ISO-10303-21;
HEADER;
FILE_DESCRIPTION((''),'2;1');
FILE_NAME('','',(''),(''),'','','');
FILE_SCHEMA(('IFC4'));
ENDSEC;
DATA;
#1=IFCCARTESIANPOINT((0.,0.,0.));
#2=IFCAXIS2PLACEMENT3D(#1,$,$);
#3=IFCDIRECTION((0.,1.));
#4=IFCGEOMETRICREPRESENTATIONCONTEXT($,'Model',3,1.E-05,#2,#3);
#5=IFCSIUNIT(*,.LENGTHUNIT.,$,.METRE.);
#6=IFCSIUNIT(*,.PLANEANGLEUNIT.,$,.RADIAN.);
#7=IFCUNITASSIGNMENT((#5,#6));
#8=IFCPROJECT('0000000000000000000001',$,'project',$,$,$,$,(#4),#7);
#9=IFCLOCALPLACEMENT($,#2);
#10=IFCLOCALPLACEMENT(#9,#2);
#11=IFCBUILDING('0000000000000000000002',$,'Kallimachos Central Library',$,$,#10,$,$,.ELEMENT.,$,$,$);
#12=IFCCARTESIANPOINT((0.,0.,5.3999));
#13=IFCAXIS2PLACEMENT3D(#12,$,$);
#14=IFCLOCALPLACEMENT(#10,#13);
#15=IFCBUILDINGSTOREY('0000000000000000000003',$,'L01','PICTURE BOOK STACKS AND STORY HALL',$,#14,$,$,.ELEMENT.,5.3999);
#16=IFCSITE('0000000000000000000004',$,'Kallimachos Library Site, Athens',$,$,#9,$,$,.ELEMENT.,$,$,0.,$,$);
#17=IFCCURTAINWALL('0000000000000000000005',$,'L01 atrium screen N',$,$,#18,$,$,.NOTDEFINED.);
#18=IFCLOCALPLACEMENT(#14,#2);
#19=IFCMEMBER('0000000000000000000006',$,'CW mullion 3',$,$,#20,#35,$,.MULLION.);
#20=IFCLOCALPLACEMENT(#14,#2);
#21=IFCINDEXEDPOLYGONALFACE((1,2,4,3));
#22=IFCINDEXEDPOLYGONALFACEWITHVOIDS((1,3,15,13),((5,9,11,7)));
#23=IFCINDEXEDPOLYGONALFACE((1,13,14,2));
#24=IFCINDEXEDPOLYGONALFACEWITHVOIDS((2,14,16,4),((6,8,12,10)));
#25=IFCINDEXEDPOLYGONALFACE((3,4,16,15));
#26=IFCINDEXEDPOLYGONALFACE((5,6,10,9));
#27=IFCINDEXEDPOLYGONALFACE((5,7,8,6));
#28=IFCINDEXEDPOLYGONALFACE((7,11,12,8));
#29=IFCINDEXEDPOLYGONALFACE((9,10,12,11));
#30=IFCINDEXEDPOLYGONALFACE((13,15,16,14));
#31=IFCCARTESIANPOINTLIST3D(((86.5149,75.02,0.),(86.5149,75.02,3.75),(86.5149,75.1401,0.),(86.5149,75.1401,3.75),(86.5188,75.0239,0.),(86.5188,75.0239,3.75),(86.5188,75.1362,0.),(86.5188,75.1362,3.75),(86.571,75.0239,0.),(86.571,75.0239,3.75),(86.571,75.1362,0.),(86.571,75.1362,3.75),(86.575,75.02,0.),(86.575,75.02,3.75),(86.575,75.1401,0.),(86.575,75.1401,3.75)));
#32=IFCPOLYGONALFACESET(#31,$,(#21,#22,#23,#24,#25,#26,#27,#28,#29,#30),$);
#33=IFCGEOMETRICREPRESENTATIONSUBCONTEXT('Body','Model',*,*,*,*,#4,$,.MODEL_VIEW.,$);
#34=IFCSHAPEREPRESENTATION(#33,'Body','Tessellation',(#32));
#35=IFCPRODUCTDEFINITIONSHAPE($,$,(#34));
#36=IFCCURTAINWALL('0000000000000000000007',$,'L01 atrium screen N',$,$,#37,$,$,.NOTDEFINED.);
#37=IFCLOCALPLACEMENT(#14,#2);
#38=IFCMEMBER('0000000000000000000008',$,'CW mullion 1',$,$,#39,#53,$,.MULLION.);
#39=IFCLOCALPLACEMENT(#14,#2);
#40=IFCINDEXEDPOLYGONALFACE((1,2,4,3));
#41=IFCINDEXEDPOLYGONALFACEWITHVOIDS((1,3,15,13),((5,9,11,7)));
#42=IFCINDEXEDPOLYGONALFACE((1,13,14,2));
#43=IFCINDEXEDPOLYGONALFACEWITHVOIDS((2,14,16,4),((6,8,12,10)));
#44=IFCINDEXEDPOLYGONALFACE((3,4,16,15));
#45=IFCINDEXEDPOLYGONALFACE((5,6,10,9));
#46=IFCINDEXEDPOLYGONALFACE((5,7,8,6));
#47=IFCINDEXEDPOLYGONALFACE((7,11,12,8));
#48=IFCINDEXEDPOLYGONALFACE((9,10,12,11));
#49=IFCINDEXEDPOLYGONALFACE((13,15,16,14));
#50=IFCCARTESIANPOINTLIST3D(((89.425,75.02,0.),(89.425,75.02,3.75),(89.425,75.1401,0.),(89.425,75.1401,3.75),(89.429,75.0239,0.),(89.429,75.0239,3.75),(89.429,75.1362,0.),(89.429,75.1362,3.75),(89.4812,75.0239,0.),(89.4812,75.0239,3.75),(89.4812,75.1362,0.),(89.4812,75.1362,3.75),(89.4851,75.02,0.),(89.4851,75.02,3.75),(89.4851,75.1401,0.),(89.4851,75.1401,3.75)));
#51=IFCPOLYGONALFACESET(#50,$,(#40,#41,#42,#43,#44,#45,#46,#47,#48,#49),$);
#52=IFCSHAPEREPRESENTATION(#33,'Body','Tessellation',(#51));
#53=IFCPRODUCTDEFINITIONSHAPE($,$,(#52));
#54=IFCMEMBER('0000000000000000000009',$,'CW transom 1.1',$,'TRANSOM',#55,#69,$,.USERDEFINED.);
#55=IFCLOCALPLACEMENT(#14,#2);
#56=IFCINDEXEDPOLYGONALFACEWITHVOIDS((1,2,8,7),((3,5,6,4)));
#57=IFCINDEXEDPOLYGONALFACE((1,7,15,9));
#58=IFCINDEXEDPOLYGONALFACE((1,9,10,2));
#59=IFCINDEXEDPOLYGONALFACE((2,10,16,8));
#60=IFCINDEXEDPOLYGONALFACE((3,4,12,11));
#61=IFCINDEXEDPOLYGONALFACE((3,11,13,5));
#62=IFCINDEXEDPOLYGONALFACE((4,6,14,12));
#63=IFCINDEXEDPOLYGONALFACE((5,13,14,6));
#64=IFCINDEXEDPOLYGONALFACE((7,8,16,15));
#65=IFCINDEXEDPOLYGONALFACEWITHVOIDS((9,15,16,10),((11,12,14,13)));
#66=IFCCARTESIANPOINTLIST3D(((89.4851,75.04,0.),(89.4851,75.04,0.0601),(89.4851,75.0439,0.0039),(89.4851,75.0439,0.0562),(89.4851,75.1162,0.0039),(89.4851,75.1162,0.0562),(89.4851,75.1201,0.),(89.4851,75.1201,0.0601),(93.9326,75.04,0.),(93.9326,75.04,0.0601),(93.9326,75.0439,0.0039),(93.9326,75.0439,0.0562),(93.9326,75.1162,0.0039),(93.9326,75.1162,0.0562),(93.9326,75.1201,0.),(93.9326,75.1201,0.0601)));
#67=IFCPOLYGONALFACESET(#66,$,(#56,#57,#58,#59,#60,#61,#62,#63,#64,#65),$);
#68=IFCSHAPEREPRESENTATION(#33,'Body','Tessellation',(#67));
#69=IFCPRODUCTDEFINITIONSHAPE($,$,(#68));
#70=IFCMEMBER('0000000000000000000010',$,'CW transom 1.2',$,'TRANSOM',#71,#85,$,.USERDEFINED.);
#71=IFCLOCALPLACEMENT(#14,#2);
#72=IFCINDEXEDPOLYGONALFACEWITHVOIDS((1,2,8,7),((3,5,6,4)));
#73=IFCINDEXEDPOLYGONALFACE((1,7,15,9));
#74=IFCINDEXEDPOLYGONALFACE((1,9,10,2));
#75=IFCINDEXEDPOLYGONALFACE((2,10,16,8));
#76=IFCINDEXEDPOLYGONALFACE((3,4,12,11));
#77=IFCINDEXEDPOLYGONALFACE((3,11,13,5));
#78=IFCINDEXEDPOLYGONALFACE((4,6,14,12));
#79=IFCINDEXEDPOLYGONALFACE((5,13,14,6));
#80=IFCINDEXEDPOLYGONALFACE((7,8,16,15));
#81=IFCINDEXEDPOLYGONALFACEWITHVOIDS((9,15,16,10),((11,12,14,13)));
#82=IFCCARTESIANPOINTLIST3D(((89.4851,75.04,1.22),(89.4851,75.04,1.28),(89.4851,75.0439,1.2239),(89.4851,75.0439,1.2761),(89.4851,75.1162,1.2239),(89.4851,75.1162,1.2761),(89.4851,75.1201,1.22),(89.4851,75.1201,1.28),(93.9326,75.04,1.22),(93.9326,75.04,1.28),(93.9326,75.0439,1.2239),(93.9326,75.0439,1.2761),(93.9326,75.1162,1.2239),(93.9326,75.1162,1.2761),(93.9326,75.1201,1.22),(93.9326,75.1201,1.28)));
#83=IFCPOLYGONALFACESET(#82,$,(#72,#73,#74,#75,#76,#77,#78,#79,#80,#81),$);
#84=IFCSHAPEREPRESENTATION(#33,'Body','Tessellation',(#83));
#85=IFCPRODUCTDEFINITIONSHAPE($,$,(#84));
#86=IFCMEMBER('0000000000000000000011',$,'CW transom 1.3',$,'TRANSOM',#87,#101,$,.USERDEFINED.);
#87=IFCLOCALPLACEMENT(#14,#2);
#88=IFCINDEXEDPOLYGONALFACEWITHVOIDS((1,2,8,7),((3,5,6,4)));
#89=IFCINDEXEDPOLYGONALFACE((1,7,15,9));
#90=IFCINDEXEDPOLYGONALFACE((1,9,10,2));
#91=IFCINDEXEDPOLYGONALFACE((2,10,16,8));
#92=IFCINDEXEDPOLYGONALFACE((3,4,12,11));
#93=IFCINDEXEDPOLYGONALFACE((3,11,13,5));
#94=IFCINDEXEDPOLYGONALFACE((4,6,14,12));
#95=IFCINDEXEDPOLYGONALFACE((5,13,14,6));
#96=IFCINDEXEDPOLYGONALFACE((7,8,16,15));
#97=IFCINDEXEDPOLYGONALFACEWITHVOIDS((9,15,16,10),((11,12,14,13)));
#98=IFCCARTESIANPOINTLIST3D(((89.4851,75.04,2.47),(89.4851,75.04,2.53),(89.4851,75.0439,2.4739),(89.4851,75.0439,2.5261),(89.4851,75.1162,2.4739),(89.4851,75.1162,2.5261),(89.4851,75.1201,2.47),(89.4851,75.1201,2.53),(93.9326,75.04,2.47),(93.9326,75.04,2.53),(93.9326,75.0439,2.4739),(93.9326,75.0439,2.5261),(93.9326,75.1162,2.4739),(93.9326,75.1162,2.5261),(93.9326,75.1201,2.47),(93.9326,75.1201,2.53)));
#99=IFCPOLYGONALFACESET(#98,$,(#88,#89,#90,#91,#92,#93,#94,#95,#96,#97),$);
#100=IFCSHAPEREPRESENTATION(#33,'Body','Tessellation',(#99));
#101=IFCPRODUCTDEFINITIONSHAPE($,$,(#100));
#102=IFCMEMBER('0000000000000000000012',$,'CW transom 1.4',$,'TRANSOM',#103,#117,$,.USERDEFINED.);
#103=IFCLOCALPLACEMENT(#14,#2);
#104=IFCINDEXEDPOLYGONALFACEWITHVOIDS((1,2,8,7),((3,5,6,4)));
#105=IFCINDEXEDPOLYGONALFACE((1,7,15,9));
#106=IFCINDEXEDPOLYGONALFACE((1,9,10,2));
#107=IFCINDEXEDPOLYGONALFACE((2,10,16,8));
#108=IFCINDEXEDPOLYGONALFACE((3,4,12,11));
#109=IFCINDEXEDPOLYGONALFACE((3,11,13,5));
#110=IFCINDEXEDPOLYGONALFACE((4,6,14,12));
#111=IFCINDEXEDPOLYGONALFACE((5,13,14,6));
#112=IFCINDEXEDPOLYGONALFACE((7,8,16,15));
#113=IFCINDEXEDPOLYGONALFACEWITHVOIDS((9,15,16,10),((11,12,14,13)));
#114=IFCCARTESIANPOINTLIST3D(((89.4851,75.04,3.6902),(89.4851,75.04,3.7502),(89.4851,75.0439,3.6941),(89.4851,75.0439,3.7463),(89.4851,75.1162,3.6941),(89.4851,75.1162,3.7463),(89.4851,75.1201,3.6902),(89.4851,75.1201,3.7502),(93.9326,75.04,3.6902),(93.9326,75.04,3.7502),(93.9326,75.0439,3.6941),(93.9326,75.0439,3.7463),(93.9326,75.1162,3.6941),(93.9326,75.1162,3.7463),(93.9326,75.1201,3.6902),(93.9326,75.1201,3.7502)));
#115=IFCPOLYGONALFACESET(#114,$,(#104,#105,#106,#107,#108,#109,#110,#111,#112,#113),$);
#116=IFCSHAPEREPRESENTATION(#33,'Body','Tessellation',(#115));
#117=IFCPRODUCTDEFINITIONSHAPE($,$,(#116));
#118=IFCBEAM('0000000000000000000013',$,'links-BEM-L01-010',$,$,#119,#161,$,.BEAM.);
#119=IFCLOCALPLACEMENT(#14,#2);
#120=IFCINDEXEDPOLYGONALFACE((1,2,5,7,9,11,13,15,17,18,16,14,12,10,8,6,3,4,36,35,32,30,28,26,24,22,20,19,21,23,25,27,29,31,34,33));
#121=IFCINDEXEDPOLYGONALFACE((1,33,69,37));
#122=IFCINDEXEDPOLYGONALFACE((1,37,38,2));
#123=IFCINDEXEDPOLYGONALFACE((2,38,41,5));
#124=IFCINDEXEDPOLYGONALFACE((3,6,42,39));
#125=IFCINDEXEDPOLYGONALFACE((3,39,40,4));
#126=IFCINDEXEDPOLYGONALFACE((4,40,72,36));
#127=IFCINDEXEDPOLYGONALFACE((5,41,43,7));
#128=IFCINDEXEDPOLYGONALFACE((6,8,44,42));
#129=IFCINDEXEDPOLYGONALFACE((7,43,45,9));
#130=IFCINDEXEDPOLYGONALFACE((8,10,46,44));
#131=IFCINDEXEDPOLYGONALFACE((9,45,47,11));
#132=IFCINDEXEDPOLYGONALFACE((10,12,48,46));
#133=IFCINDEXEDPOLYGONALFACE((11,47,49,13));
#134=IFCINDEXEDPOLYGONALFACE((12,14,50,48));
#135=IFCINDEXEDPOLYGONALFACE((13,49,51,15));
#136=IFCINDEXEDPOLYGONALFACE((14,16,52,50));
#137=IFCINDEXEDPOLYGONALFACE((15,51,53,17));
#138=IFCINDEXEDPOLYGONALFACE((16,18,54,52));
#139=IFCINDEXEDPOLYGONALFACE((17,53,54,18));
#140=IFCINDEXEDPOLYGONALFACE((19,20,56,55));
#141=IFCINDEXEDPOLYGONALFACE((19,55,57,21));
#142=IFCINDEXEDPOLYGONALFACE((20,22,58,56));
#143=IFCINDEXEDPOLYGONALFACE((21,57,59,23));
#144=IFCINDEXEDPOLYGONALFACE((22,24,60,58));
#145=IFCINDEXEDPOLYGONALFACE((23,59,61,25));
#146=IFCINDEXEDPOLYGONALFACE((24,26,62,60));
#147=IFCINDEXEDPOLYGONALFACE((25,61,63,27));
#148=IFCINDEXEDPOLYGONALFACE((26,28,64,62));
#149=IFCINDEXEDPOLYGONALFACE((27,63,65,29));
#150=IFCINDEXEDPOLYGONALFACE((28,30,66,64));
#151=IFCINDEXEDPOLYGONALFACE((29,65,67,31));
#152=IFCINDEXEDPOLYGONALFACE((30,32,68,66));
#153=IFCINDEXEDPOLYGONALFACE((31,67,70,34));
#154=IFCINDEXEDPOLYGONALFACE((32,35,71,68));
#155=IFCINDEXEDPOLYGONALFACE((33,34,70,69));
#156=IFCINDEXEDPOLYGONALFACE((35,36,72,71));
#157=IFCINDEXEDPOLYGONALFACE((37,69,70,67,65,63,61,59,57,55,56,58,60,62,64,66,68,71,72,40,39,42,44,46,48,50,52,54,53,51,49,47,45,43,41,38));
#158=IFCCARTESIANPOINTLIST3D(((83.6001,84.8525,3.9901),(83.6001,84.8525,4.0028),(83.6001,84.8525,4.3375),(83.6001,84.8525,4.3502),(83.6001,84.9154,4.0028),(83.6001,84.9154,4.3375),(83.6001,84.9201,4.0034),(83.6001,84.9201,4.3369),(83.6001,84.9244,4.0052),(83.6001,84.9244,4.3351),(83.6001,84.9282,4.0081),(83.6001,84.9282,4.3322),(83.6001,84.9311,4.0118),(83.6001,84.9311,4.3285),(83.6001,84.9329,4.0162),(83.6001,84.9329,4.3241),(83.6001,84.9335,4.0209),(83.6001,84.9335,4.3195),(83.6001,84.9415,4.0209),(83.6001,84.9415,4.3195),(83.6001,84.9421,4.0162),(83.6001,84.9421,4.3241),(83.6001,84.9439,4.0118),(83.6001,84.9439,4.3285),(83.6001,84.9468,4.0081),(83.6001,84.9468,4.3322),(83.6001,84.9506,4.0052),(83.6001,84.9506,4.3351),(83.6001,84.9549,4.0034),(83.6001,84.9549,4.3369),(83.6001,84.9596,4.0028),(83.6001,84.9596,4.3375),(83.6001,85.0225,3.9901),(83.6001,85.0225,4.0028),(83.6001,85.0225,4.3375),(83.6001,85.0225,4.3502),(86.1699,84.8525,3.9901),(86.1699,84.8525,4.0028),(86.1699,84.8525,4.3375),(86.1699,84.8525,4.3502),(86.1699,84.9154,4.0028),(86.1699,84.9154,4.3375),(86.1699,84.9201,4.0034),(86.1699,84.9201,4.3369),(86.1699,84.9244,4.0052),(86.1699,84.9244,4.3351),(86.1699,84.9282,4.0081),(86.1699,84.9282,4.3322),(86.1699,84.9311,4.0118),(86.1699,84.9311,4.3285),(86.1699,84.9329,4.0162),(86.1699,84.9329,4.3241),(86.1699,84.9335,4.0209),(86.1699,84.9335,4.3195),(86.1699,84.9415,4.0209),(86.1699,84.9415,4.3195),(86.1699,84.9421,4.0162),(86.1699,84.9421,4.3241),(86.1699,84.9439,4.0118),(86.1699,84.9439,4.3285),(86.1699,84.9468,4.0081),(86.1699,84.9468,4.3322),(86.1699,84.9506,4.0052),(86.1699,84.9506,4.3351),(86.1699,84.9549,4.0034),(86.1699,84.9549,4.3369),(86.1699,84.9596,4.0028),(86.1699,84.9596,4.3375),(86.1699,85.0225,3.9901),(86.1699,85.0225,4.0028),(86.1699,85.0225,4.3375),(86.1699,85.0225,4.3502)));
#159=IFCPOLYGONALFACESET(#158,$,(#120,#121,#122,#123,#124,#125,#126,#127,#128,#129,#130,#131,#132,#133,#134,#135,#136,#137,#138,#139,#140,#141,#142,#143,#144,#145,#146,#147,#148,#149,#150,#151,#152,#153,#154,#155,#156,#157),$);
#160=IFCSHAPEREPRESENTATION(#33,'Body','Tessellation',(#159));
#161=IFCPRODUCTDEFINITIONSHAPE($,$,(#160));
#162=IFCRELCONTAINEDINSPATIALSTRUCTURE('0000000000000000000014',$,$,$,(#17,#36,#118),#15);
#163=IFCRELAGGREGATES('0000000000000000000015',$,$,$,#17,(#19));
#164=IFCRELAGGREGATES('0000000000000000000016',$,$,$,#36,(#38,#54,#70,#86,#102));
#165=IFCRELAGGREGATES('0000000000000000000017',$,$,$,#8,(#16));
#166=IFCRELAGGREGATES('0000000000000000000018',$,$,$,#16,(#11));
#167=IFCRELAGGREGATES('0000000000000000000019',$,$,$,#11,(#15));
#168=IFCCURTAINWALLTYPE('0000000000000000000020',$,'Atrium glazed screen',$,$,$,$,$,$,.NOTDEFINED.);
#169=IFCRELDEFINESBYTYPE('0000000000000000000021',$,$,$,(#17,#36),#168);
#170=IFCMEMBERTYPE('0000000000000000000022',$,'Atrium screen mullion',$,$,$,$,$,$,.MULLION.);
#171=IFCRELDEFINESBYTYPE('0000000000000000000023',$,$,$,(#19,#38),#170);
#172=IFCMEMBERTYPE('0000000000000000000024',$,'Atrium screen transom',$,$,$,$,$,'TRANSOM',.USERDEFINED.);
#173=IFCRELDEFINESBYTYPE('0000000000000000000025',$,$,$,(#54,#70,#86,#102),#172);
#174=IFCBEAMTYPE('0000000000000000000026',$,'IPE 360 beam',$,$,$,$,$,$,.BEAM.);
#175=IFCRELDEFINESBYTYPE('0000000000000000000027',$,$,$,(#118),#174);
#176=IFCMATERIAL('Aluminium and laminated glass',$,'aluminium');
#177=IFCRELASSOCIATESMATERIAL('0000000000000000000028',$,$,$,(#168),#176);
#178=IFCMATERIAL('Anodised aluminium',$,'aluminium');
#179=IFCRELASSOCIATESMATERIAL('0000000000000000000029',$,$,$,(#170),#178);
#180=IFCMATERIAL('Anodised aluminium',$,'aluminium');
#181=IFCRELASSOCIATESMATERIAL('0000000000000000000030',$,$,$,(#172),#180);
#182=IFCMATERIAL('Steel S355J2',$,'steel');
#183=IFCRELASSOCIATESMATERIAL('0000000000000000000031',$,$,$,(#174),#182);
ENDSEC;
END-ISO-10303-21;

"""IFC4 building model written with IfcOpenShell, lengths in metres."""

from ifc_helpers import new_model, si_unit, direction, frame, origin, origin_2d, place, context, subcontext, project, spatial, hollow_rectangle, i_section, extrude, material, material_profile, profile_set, type_object, element, aggregate, save


model = new_model("IFC4")

# Units and contexts
model_context = context("Model", 3, precision=1e-05, world=origin(), true_north=direction((0.0, 1.0)))
body_context = subcontext(model_context, "Body", "Model", "MODEL_VIEW")
ifc_project = project(units=[si_unit("LENGTHUNIT", "METRE"), si_unit("PLANEANGLEUNIT", "RADIAN")], contexts=[model_context])

# Site, building, storey
site_placement = place(None, origin())
site = spatial("IfcSite", under=ifc_project, at=site_placement, Name="Kallimachos Library Site, Athens", CompositionType="ELEMENT", RefElevation=0.0)
building_placement = place(site_placement, origin())
building = spatial("IfcBuilding", under=site, at=building_placement, Name="Kallimachos Central Library", CompositionType="ELEMENT")
storey_placement = place(building_placement, frame((0.0, 0.0, 5.3999)))
storey = spatial("IfcBuildingStorey", under=building, at=storey_placement, Name="L01", Description="PICTURE BOOK STACKS AND STORY HALL", CompositionType="ELEMENT", Elevation=5.3999)

# Curtain wall, member
ifc_material_1 = material(Name="Aluminium and laminated glass", Category="aluminium")
curtain_wall_type = type_object("IfcCurtainWallType", Name="Atrium glazed screen", PredefinedType="NOTDEFINED", material=ifc_material_1)
curtain_wall_1_placement = place(storey_placement, origin())
curtain_wall_1 = element("IfcCurtainWall", 1, at=curtain_wall_1_placement, inside=storey, type_object=curtain_wall_type, Name="L01 atrium screen N", PredefinedType="NOTDEFINED")
ifc_material_2 = material(Name="Anodised aluminium", Category="aluminium")
ifc_material_profile_1 = material_profile(ifc_material_2, hollow_rectangle(XDim=0.0601, YDim=0.1201, WallThickness=0.0039, at=origin_2d()), Name="ALU MULLION 60x120")
ifc_profile_set_1 = profile_set([ifc_material_profile_1], Name="Anodised aluminium")
member_type_1 = type_object("IfcMemberType", Name="Atrium screen mullion", PredefinedType="MULLION", material=ifc_profile_set_1)
member_1_placement = place(storey_placement, frame((86.5449, 75.0801, 0.0), z_axis=(0.0, 0.0, 1.0), x_axis=(1.0, 0.0, 0.0)))
member_1 = element("IfcMember", 2, at=member_1_placement, type_object=member_type_1, Name="CW mullion 3", PredefinedType="MULLION", context=body_context, shape_type="SweptSolid", body=[
    extrude(hollow_rectangle(XDim=0.0601, YDim=0.1201, WallThickness=0.0039, at=origin_2d()), origin(), (0.0, 0.0, 1.0), 3.75),
])

# Curtain wall, members
curtain_wall_2_placement = place(storey_placement, origin())
curtain_wall_2 = element("IfcCurtainWall", 3, at=curtain_wall_2_placement, inside=storey, type_object=curtain_wall_type, Name="L01 atrium screen N", PredefinedType="NOTDEFINED")
member_2_placement = place(storey_placement, frame((89.4551, 75.0801, 0.0), z_axis=(0.0, 0.0, 1.0), x_axis=(1.0, 0.0, 0.0)))
member_2 = element("IfcMember", 4, at=member_2_placement, type_object=member_type_1, Name="CW mullion 1", PredefinedType="MULLION", context=body_context, shape_type="SweptSolid", body=[
    extrude(hollow_rectangle(XDim=0.0601, YDim=0.1201, WallThickness=0.0039, at=origin_2d()), origin(), (0.0, 0.0, 1.0), 3.75),
])
ifc_material_3 = material(Name="Anodised aluminium", Category="aluminium")
ifc_material_profile_2 = material_profile(ifc_material_3, hollow_rectangle(XDim=0.0601, YDim=0.0801, WallThickness=0.0039, at=origin_2d()), Name="ALU TRANSOM 60x80")
ifc_profile_set_2 = profile_set([ifc_material_profile_2], Name="Anodised aluminium")
member_type_2 = type_object("IfcMemberType", Name="Atrium screen transom", ElementType="TRANSOM", PredefinedType="USERDEFINED", material=ifc_profile_set_2)
member_3_placement = place(storey_placement, frame((89.4851, 75.0801, 0.03), z_axis=(1.0, 0.0, 0.0), x_axis=(0.0, 0.0, 1.0)))
member_3 = element("IfcMember", 5, at=member_3_placement, type_object=member_type_2, Name="CW transom 1.1", ObjectType="TRANSOM", PredefinedType="USERDEFINED", context=body_context, shape_type="SweptSolid", body=[
    extrude(hollow_rectangle(XDim=0.0601, YDim=0.0801, WallThickness=0.0039, at=origin_2d()), origin(), (0.0, 0.0, 1.0), 4.4475),
])
member_4_placement = place(storey_placement, frame((89.4851, 75.0801, 1.25), z_axis=(1.0, 0.0, 0.0), x_axis=(0.0, 0.0, 1.0)))
member_4 = element("IfcMember", 6, at=member_4_placement, type_object=member_type_2, Name="CW transom 1.2", ObjectType="TRANSOM", PredefinedType="USERDEFINED", context=body_context, shape_type="SweptSolid", body=[
    extrude(hollow_rectangle(XDim=0.0601, YDim=0.0801, WallThickness=0.0039, at=origin_2d()), origin(), (0.0, 0.0, 1.0), 4.4475),
])
member_5_placement = place(storey_placement, frame((89.4851, 75.0801, 2.5), z_axis=(1.0, 0.0, 0.0), x_axis=(0.0, 0.0, 1.0)))
member_5 = element("IfcMember", 7, at=member_5_placement, type_object=member_type_2, Name="CW transom 1.3", ObjectType="TRANSOM", PredefinedType="USERDEFINED", context=body_context, shape_type="SweptSolid", body=[
    extrude(hollow_rectangle(XDim=0.0601, YDim=0.0801, WallThickness=0.0039, at=origin_2d()), origin(), (0.0, 0.0, 1.0), 4.4475),
])
member_6_placement = place(storey_placement, frame((89.4851, 75.0801, 3.7202), z_axis=(1.0, 0.0, 0.0), x_axis=(0.0, 0.0, 1.0)))
member_6 = element("IfcMember", 8, at=member_6_placement, type_object=member_type_2, Name="CW transom 1.4", ObjectType="TRANSOM", PredefinedType="USERDEFINED", context=body_context, shape_type="SweptSolid", body=[
    extrude(hollow_rectangle(XDim=0.0601, YDim=0.0801, WallThickness=0.0039, at=origin_2d()), origin(), (0.0, 0.0, 1.0), 4.4475),
])

# Beam
ifc_material_4 = material(Name="Steel S355J2", Category="steel")
ifc_material_profile_3 = material_profile(ifc_material_4, i_section(OverallWidth=0.1699, OverallDepth=0.3601, WebThickness=0.0081, FlangeThickness=0.0127, FilletRadius=0.0181, at=origin_2d()), Name="IPE 360")
ifc_profile_set_3 = profile_set([ifc_material_profile_3], Name="Steel S355J2")
beam_type_1 = type_object("IfcBeamType", Name="IPE 360 beam", PredefinedType="BEAM", material=ifc_profile_set_3)
beam_placement = place(storey_placement, frame((83.6001, 84.9375, 4.1702), z_axis=(1.0, 0.0, 0.0), x_axis=(0.0, 1.0, 0.0)))
element("IfcBeam", 9, at=beam_placement, inside=storey, type_object=beam_type_1, Name="links-BEM-L01-010", PredefinedType="BEAM", context=body_context, shape_type="SweptSolid", body=[
    extrude(i_section(OverallWidth=0.1699, OverallDepth=0.3601, WebThickness=0.0081, FlangeThickness=0.0127, FilletRadius=0.0181, at=origin_2d()), origin(), (0.0, 0.0, 1.0), 2.5698),
])

aggregate(curtain_wall_1, [member_1])
aggregate(curtain_wall_2, [member_2, member_3, member_4, member_5, member_6])

save(model, "model.ifc")
